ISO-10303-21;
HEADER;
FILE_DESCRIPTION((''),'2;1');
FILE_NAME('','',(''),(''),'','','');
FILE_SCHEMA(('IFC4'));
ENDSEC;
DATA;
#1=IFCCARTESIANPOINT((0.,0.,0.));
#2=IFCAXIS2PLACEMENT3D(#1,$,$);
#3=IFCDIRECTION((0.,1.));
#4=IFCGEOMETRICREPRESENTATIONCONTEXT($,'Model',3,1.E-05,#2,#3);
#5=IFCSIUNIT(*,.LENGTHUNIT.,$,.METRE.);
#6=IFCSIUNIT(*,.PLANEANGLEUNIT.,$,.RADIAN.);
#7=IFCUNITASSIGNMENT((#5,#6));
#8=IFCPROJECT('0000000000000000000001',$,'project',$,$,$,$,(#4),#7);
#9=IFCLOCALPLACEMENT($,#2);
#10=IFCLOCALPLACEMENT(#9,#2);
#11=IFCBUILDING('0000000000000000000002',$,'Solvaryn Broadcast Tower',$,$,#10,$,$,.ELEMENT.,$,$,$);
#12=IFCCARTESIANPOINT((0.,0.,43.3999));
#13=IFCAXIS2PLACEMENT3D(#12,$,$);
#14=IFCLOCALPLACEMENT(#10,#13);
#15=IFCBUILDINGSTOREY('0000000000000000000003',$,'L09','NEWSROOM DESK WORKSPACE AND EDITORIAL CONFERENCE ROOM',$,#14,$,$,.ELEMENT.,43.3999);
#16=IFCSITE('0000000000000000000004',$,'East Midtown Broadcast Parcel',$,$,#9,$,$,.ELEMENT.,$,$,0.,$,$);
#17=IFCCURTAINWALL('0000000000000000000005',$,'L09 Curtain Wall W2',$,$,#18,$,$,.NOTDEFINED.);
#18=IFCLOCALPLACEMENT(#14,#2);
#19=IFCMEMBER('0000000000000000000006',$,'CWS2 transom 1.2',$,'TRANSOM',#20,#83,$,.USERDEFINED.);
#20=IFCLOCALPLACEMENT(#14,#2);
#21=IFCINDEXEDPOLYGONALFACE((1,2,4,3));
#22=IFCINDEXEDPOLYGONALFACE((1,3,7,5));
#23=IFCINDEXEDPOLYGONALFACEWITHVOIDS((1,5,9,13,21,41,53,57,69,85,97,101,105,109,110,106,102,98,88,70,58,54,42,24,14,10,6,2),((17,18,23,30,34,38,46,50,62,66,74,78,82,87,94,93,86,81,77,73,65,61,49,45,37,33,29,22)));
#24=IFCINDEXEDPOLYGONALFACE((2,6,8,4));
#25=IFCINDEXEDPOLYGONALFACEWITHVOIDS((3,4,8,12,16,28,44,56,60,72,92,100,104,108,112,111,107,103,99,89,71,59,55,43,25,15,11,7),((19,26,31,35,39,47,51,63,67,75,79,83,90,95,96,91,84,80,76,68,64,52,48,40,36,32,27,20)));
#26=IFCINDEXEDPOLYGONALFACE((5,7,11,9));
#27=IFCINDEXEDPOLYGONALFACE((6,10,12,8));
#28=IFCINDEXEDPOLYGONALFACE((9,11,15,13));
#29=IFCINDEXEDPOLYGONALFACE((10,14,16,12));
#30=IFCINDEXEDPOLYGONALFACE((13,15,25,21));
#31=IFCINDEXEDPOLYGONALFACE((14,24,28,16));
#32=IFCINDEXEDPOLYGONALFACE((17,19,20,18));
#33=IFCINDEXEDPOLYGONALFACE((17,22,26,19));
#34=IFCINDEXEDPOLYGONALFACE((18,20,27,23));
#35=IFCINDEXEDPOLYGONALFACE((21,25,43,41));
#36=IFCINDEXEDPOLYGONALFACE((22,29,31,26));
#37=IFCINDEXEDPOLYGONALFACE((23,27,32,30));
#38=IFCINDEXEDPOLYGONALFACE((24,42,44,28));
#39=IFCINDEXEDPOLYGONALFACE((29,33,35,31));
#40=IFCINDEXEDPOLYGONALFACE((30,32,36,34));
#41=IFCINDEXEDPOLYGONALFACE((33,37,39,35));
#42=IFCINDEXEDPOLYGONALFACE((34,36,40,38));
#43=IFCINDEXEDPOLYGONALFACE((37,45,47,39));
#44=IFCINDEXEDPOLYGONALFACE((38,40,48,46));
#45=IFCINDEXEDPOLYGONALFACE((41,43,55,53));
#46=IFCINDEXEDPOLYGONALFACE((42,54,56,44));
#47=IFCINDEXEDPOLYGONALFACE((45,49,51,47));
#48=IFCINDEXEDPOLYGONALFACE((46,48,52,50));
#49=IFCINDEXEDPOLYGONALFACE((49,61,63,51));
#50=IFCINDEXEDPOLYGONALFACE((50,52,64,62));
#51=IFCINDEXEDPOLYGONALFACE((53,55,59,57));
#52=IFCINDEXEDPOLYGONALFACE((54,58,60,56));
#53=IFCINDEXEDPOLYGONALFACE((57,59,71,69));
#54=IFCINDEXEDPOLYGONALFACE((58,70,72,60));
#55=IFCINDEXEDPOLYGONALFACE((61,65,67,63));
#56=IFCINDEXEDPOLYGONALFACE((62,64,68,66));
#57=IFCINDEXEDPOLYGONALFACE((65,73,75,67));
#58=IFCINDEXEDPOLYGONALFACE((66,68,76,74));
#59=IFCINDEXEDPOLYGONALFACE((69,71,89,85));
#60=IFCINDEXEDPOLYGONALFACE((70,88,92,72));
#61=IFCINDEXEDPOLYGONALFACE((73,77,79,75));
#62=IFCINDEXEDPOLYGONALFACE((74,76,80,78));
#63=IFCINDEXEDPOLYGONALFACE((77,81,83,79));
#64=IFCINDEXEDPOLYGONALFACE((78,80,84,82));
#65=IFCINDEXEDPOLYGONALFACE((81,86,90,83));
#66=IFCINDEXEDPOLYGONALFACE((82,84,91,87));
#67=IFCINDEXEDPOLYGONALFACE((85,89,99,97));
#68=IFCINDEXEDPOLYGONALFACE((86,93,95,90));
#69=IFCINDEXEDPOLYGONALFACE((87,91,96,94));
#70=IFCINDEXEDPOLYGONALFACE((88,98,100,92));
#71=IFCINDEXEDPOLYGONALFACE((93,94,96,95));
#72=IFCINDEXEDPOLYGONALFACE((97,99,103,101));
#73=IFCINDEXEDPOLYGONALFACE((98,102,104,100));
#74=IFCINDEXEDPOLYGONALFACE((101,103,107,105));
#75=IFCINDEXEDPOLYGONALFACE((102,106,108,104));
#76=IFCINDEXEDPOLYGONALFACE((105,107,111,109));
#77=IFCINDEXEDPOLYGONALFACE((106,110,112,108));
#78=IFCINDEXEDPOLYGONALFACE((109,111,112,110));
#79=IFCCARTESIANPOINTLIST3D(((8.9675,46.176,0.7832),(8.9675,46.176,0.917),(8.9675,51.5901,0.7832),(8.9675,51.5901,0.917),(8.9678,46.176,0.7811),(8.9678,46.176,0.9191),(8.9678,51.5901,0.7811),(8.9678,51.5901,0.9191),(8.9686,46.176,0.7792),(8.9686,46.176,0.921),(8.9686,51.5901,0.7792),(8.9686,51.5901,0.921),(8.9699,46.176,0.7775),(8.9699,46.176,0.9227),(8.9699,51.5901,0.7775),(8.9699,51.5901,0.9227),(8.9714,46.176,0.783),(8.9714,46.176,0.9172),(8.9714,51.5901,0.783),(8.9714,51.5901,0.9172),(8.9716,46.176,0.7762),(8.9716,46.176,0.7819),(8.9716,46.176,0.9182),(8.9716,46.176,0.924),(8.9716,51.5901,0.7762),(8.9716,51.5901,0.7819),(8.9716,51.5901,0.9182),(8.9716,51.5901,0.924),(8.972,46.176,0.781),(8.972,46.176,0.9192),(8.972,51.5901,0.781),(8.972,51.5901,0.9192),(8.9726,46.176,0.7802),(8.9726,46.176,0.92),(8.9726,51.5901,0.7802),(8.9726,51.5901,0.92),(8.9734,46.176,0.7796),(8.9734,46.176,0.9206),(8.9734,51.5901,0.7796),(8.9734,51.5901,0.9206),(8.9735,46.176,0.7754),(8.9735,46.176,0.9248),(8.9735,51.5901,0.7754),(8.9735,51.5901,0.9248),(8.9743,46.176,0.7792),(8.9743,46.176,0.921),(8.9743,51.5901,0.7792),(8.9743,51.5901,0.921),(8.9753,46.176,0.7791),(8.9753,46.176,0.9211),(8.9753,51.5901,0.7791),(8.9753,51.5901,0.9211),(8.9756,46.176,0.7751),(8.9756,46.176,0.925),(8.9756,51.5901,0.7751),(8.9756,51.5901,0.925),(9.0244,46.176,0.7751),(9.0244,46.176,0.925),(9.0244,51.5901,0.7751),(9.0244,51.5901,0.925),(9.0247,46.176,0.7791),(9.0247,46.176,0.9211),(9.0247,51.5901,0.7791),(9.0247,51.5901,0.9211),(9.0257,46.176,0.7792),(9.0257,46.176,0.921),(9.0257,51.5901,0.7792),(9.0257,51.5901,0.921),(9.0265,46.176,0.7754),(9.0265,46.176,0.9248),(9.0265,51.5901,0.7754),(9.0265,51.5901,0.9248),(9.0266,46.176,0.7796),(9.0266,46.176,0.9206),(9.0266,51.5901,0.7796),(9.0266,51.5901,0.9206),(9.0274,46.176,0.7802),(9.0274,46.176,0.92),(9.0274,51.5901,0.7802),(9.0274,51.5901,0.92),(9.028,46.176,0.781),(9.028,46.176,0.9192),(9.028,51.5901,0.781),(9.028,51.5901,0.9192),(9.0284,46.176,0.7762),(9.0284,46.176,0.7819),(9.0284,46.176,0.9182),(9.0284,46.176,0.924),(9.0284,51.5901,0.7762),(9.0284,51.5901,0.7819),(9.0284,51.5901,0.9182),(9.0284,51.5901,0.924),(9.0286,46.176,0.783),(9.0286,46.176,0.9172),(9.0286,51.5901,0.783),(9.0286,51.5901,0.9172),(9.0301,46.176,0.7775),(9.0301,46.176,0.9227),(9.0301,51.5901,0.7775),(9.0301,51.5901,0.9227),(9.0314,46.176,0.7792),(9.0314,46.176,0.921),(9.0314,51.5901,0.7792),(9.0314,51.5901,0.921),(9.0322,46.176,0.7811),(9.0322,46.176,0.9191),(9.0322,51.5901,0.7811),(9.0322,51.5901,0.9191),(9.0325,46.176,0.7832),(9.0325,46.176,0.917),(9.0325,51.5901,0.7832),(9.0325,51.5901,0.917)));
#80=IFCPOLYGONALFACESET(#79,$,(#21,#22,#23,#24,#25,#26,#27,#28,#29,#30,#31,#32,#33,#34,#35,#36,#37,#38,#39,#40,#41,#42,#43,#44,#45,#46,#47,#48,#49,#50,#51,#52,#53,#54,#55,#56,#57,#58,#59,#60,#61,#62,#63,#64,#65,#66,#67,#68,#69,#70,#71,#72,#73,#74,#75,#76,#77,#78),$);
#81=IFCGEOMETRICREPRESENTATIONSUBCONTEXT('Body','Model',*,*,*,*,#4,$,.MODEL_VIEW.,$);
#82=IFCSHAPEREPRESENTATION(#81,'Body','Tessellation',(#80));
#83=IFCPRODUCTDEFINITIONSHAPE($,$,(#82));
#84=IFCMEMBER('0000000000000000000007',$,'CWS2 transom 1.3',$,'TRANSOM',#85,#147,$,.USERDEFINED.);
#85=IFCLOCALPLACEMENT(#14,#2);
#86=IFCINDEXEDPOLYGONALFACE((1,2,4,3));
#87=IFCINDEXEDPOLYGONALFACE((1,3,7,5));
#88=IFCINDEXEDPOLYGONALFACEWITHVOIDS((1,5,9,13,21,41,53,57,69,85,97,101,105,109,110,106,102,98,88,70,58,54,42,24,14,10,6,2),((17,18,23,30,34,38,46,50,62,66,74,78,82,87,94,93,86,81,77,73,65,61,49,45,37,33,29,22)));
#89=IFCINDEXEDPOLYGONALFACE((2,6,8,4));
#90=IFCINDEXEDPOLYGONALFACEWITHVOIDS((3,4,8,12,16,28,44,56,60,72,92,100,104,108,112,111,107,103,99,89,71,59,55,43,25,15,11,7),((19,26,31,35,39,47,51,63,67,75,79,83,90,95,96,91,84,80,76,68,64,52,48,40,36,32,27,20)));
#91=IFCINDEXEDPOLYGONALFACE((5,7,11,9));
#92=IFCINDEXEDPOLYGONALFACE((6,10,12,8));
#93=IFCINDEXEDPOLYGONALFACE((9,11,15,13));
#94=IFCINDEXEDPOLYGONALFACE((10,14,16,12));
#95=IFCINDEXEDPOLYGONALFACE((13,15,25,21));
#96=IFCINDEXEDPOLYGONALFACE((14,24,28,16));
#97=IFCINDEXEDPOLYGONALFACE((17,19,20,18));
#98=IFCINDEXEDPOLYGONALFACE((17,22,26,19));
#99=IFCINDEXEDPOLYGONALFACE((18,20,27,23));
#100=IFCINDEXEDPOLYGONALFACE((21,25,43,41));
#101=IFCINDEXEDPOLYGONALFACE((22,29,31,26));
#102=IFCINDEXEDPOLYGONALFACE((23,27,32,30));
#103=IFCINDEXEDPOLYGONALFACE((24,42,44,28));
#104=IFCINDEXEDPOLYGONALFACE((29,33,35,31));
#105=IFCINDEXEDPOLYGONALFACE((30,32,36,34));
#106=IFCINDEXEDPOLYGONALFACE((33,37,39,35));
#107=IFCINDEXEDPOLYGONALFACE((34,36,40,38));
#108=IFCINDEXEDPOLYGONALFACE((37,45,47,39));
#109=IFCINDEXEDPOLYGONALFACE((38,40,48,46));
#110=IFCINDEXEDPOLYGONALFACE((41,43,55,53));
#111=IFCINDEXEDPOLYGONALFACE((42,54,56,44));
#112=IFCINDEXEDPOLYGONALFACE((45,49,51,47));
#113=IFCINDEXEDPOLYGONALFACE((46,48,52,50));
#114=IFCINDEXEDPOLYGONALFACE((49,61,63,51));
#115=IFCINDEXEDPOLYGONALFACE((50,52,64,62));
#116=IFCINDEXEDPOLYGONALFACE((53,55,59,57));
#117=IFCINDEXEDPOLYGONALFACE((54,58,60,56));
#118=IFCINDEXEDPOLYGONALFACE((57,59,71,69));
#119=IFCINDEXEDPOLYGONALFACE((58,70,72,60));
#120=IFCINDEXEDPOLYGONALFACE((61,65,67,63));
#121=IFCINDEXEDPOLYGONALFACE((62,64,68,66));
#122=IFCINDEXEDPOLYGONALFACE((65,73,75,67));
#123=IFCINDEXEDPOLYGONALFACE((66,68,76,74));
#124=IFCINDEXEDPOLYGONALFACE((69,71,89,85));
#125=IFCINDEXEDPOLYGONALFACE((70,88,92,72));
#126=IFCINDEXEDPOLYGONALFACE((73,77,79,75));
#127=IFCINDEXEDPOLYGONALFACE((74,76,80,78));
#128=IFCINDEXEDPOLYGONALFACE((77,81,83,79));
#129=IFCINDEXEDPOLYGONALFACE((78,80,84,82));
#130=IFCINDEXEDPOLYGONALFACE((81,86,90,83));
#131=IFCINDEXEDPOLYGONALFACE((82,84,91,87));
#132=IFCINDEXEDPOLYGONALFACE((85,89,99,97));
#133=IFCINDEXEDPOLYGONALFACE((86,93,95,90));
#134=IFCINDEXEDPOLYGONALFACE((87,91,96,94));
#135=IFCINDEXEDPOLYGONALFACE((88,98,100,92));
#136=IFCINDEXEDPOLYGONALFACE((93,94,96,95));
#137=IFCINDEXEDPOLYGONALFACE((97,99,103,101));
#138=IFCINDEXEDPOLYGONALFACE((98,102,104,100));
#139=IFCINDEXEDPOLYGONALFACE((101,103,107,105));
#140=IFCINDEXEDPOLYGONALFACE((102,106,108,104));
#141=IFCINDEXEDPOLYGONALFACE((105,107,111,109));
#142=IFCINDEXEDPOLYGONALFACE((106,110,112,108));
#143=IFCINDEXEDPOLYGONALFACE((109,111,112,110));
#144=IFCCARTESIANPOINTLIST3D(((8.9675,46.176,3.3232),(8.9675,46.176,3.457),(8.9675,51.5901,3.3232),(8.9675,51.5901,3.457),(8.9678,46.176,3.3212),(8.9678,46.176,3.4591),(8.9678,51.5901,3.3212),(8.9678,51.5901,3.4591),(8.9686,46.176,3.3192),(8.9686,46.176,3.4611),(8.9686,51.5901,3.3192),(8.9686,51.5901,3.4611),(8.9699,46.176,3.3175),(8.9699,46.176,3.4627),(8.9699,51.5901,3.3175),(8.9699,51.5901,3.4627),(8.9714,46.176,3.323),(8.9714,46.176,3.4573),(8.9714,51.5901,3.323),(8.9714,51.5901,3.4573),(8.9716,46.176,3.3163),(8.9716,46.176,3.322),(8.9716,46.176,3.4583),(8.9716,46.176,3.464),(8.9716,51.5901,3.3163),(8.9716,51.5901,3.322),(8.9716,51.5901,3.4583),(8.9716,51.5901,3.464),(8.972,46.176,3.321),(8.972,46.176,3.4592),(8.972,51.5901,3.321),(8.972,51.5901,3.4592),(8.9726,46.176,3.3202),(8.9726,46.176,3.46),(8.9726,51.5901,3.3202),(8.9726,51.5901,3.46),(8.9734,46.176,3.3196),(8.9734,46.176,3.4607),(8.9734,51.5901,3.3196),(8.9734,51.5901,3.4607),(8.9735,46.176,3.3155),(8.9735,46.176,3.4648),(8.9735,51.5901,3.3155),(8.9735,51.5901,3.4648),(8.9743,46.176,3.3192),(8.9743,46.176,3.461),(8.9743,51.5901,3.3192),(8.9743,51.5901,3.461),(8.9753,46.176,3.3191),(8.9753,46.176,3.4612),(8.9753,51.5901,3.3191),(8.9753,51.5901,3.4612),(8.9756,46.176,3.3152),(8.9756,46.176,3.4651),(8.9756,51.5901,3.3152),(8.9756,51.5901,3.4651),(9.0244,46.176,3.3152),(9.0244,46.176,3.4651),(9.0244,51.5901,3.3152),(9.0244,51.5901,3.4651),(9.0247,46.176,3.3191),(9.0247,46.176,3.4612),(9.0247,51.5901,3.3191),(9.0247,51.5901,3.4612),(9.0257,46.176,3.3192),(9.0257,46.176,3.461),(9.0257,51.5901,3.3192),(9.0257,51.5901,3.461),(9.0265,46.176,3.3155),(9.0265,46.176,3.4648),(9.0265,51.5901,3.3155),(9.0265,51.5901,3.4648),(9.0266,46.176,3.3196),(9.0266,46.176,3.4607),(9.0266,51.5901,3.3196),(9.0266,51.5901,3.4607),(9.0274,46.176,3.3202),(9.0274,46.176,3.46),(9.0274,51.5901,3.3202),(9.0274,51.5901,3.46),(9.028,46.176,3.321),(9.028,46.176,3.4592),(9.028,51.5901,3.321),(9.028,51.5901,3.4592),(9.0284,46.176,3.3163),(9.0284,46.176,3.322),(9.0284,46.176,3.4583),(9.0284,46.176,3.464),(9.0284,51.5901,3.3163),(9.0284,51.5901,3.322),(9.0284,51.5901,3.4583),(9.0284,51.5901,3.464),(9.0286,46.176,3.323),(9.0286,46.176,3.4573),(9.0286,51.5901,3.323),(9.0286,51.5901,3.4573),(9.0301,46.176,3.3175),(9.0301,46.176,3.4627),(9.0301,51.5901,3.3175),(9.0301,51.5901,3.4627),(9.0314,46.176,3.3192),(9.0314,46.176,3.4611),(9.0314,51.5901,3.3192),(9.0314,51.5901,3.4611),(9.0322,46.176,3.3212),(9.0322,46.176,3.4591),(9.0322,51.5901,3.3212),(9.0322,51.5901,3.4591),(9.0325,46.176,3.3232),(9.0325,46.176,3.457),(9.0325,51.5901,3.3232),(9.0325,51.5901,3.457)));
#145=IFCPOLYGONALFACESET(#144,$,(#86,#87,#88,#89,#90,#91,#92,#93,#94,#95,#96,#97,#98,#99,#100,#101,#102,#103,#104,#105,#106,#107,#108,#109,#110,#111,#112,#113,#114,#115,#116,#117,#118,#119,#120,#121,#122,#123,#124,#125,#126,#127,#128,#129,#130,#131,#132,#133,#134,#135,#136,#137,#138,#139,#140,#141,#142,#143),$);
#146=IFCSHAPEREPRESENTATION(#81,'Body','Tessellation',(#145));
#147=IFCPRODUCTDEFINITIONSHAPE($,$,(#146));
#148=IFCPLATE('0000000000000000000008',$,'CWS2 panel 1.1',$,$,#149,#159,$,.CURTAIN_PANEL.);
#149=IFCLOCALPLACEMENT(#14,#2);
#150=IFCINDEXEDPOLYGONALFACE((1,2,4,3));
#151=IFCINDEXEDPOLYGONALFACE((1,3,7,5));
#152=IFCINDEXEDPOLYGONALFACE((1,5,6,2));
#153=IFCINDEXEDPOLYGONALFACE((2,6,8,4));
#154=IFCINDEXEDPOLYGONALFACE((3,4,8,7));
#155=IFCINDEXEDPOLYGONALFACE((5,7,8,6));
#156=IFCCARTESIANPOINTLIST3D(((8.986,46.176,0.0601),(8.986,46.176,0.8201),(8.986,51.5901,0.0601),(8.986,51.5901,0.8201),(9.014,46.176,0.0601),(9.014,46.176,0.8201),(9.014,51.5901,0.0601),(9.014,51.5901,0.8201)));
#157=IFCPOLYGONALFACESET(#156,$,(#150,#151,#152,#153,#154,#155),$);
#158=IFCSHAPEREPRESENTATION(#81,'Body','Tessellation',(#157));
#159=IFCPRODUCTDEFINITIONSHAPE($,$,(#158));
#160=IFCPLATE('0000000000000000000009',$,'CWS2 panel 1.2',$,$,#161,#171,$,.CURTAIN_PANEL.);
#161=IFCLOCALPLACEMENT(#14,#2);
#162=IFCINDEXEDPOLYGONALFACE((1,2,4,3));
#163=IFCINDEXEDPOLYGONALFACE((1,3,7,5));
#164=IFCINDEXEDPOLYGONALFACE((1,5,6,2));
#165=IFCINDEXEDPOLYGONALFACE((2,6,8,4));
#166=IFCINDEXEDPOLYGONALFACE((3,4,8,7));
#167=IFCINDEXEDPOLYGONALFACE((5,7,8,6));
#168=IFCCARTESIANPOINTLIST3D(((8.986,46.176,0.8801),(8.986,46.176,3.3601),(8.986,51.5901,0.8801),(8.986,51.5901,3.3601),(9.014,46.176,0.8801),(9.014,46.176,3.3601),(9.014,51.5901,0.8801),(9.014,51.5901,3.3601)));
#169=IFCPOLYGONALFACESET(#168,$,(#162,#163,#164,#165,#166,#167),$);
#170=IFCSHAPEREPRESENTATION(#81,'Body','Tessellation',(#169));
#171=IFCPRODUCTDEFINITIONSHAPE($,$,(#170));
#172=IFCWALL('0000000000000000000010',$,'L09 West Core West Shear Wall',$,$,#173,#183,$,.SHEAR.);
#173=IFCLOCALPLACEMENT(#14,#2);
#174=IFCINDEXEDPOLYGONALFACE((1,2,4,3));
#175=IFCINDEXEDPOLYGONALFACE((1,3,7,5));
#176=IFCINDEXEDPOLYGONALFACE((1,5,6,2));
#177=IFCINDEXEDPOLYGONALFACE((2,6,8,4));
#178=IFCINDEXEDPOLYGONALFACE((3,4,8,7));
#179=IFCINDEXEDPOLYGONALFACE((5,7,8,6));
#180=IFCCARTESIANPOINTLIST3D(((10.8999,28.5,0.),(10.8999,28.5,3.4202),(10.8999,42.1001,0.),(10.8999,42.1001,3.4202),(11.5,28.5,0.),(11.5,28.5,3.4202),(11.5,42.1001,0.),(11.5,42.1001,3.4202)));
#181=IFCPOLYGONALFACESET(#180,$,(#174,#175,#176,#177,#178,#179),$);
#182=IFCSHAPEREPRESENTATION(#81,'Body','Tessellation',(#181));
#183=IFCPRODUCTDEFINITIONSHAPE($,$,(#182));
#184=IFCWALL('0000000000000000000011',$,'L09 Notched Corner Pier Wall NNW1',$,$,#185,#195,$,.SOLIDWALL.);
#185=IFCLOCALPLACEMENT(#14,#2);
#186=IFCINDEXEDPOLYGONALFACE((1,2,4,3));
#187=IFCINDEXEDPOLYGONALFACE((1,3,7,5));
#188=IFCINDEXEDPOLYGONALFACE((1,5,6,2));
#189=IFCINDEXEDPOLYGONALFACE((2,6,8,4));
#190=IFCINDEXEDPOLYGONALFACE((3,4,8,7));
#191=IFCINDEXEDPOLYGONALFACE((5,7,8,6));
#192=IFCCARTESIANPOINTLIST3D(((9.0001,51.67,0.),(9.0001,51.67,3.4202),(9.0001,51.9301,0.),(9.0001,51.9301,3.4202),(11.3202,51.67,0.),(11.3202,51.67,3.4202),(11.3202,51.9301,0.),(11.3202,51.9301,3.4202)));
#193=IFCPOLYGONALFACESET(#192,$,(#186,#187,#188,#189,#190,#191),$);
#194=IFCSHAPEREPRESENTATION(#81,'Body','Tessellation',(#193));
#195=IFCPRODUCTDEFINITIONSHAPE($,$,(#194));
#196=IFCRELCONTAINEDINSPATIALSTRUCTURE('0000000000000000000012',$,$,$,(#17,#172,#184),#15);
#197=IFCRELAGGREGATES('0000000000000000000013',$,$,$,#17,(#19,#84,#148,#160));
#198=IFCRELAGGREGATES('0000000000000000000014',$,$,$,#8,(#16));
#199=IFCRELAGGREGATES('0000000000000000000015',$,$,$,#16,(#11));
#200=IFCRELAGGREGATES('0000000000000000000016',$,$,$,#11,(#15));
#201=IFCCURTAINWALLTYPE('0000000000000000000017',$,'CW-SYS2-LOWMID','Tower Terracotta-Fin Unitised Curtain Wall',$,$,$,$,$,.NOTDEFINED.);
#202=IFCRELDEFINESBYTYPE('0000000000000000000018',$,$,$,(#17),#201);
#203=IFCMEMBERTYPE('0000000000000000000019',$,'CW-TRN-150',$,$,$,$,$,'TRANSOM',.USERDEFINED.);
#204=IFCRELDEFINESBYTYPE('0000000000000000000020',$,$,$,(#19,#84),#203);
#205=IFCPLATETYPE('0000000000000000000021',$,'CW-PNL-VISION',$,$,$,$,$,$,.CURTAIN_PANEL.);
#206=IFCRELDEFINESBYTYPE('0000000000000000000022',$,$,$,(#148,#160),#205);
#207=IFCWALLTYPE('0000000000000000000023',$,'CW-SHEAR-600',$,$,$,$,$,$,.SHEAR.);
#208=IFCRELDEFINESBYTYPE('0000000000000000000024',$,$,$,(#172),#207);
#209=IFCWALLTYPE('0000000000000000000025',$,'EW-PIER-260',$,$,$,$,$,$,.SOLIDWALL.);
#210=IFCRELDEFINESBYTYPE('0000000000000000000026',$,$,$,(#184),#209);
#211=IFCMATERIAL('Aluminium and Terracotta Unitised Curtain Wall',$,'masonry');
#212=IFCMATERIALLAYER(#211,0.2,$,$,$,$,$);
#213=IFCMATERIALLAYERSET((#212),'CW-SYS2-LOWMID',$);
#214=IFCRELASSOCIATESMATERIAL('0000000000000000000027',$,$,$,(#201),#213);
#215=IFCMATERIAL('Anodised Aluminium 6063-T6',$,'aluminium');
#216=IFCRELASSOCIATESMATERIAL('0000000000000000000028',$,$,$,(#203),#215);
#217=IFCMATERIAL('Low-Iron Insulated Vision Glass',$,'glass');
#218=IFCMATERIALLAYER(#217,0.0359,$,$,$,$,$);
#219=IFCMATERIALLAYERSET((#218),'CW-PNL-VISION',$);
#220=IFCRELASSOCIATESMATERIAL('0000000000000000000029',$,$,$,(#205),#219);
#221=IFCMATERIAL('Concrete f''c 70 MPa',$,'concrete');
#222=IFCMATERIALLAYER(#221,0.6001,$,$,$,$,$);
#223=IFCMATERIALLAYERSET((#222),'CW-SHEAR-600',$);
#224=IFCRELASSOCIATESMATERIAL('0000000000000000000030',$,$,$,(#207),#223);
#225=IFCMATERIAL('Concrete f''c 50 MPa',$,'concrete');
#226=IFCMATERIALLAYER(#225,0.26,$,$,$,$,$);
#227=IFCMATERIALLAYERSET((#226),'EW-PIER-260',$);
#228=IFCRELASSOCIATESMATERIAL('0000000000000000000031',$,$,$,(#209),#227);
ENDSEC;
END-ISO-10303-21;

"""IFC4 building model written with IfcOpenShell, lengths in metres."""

from ifc_helpers import new_model, si_unit, direction, frame, frame_2d, origin, origin_2d, place, context, subcontext, project, spatial, rectangle, hollow_rectangle, extrude, material, layer, layer_set, material_profile, profile_set, type_object, element, aggregate, save


model = new_model("IFC4")

# Units and contexts
model_context = context("Model", 3, precision=1e-05, world=origin(), true_north=direction((0.0, 1.0)))
body_context = subcontext(model_context, "Body", "Model", "MODEL_VIEW")
ifc_project = project(units=[si_unit("LENGTHUNIT", "METRE"), si_unit("PLANEANGLEUNIT", "RADIAN")], contexts=[model_context])

# Site, building, storey
site_placement = place(None, origin())
site = spatial("IfcSite", under=ifc_project, at=site_placement, Name="East Midtown Broadcast Parcel", CompositionType="ELEMENT", RefElevation=0.0)
building_placement = place(site_placement, origin())
building = spatial("IfcBuilding", under=site, at=building_placement, Name="Solvaryn Broadcast Tower", CompositionType="ELEMENT")
storey_placement = place(building_placement, frame((0.0, 0.0, 43.3999)))
storey = spatial("IfcBuildingStorey", under=building, at=storey_placement, Name="L09", Description="NEWSROOM DESK WORKSPACE AND EDITORIAL CONFERENCE ROOM", CompositionType="ELEMENT", Elevation=43.3999)

# Shared definitions
ifc_material_1 = material(Name="Aluminium and Terracotta Unitised Curtain Wall", Category="masonry")
ifc_layer_1 = layer(ifc_material_1, 0.2)
ifc_layer_set_1 = layer_set([ifc_layer_1], Name="CW-SYS2-LOWMID")
curtain_wall_type = type_object("IfcCurtainWallType", Name="CW-SYS2-LOWMID", Description="Tower Terracotta-Fin Unitised Curtain Wall", PredefinedType="NOTDEFINED", material=ifc_layer_set_1)

# Curtain wall
curtain_wall_1_placement = place(storey_placement, origin())
curtain_wall_1 = element("IfcCurtainWall", 1, at=curtain_wall_1_placement, inside=storey, type_object=curtain_wall_type, Name="L09 Curtain Wall W2", PredefinedType="NOTDEFINED")

# Members
ifc_material_2 = material(Name="Anodised Aluminium 6063-T6", Category="aluminium")
ifc_material_profile_1 = material_profile(ifc_material_2, hollow_rectangle(XDim=0.0649, YDim=0.1499, WallThickness=0.0039, InnerFilletRadius=0.0039, OuterFilletRadius=0.0081, at=origin_2d()))
ifc_profile_set_1 = profile_set([ifc_material_profile_1], Name="Anodised Aluminium 6063-T6")
member_type_1 = type_object("IfcMemberType", Name="CW-TRN-150", ElementType="TRANSOM", PredefinedType="USERDEFINED", material=ifc_profile_set_1)
member_1_placement = place(storey_placement, frame((9.0, 46.176, 0.8501), z_axis=(0.0, 1.0, 0.0), x_axis=(-1.0, 0.0, 0.0)))
member_1 = element("IfcMember", 2, at=member_1_placement, type_object=member_type_1, Name="CWS2 transom 1.2", ObjectType="TRANSOM", PredefinedType="USERDEFINED", context=body_context, shape_type="SweptSolid", body=[
    extrude(hollow_rectangle(XDim=0.0649, YDim=0.1499, WallThickness=0.0039, InnerFilletRadius=0.0039, OuterFilletRadius=0.0081, at=origin_2d()), origin(), (0.0, 0.0, 1.0), 5.4141),
])
member_2_placement = place(storey_placement, frame((9.0, 46.176, 3.3901), z_axis=(0.0, 1.0, 0.0), x_axis=(-1.0, 0.0, 0.0)))
member_2 = element("IfcMember", 3, at=member_2_placement, type_object=member_type_1, Name="CWS2 transom 1.3", ObjectType="TRANSOM", PredefinedType="USERDEFINED", context=body_context, shape_type="SweptSolid", body=[
    extrude(hollow_rectangle(XDim=0.0649, YDim=0.1499, WallThickness=0.0039, InnerFilletRadius=0.0039, OuterFilletRadius=0.0081, at=origin_2d()), origin(), (0.0, 0.0, 1.0), 5.4141),
])

# Plates
ifc_material_3 = material(Name="Low-Iron Insulated Vision Glass", Category="glass")
ifc_layer_2 = layer(ifc_material_3, 0.0359)
ifc_layer_set_2 = layer_set([ifc_layer_2], Name="CW-PNL-VISION")
plate_type = type_object("IfcPlateType", Name="CW-PNL-VISION", PredefinedType="CURTAIN_PANEL", material=ifc_layer_set_2)
plate_1_placement = place(storey_placement, frame((9.0, 48.8831, 0.0601), z_axis=(0.0, 0.0, 1.0), x_axis=(0.0, 1.0, 0.0)))
plate_1 = element("IfcPlate", 4, at=plate_1_placement, type_object=plate_type, Name="CWS2 panel 1.1", PredefinedType="CURTAIN_PANEL", context=body_context, shape_type="SweptSolid", body=[
    extrude(rectangle(XDim=5.4141, YDim=0.0281, at=origin_2d()), origin(), (0.0, 0.0, 1.0), 0.76),
])
plate_2_placement = place(storey_placement, frame((9.0, 48.8831, 0.8801), z_axis=(0.0, 0.0, 1.0), x_axis=(0.0, 1.0, 0.0)))
plate_2 = element("IfcPlate", 5, at=plate_2_placement, type_object=plate_type, Name="CWS2 panel 1.2", PredefinedType="CURTAIN_PANEL", context=body_context, shape_type="SweptSolid", body=[
    extrude(rectangle(XDim=5.4141, YDim=0.0281, at=origin_2d()), origin(), (0.0, 0.0, 1.0), 2.48),
])
aggregate(curtain_wall_1, [member_1, member_2, plate_1, plate_2])

# Walls
ifc_material_4 = material(Name="Concrete f'c 70 MPa", Category="concrete")
ifc_layer_3 = layer(ifc_material_4, 0.6001)
ifc_layer_set_3 = layer_set([ifc_layer_3], Name="CW-SHEAR-600")
wall_type_1 = type_object("IfcWallType", Name="CW-SHEAR-600", PredefinedType="SHEAR", material=ifc_layer_set_3)
wall_1_placement = place(storey_placement, frame((11.2, 42.1001, 0.0), z_axis=(0.0, 0.0, 1.0), x_axis=(0.0, -1.0, 0.0)))
element("IfcWall", 6, at=wall_1_placement, inside=storey, type_object=wall_type_1, Name="L09 West Core West Shear Wall", PredefinedType="SHEAR", context=body_context, shape_type="SweptSolid", body=[
    extrude(rectangle(XDim=13.6001, YDim=0.6001, at=frame_2d((6.8, 0.0))), origin(), (0.0, 0.0, 1.0), 3.4202),
])
ifc_material_5 = material(Name="Concrete f'c 50 MPa", Category="concrete")
ifc_layer_4 = layer(ifc_material_5, 0.26)
ifc_layer_set_4 = layer_set([ifc_layer_4], Name="EW-PIER-260")
wall_type_2 = type_object("IfcWallType", Name="EW-PIER-260", PredefinedType="SOLIDWALL", material=ifc_layer_set_4)
wall_2_placement = place(storey_placement, frame((9.0, 51.8, 0.0), z_axis=(0.0, 0.0, 1.0), x_axis=(1.0, 0.0, 0.0)))
element("IfcWall", 7, at=wall_2_placement, inside=storey, type_object=wall_type_2, Name="L09 Notched Corner Pier Wall NNW1", PredefinedType="SOLIDWALL", context=body_context, shape_type="SweptSolid", body=[
    extrude(rectangle(XDim=2.3201, YDim=0.26, at=frame_2d((1.1602, 0.0))), origin(), (0.0, 0.0, 1.0), 3.4202),
])

save(model, "model.ifc")
